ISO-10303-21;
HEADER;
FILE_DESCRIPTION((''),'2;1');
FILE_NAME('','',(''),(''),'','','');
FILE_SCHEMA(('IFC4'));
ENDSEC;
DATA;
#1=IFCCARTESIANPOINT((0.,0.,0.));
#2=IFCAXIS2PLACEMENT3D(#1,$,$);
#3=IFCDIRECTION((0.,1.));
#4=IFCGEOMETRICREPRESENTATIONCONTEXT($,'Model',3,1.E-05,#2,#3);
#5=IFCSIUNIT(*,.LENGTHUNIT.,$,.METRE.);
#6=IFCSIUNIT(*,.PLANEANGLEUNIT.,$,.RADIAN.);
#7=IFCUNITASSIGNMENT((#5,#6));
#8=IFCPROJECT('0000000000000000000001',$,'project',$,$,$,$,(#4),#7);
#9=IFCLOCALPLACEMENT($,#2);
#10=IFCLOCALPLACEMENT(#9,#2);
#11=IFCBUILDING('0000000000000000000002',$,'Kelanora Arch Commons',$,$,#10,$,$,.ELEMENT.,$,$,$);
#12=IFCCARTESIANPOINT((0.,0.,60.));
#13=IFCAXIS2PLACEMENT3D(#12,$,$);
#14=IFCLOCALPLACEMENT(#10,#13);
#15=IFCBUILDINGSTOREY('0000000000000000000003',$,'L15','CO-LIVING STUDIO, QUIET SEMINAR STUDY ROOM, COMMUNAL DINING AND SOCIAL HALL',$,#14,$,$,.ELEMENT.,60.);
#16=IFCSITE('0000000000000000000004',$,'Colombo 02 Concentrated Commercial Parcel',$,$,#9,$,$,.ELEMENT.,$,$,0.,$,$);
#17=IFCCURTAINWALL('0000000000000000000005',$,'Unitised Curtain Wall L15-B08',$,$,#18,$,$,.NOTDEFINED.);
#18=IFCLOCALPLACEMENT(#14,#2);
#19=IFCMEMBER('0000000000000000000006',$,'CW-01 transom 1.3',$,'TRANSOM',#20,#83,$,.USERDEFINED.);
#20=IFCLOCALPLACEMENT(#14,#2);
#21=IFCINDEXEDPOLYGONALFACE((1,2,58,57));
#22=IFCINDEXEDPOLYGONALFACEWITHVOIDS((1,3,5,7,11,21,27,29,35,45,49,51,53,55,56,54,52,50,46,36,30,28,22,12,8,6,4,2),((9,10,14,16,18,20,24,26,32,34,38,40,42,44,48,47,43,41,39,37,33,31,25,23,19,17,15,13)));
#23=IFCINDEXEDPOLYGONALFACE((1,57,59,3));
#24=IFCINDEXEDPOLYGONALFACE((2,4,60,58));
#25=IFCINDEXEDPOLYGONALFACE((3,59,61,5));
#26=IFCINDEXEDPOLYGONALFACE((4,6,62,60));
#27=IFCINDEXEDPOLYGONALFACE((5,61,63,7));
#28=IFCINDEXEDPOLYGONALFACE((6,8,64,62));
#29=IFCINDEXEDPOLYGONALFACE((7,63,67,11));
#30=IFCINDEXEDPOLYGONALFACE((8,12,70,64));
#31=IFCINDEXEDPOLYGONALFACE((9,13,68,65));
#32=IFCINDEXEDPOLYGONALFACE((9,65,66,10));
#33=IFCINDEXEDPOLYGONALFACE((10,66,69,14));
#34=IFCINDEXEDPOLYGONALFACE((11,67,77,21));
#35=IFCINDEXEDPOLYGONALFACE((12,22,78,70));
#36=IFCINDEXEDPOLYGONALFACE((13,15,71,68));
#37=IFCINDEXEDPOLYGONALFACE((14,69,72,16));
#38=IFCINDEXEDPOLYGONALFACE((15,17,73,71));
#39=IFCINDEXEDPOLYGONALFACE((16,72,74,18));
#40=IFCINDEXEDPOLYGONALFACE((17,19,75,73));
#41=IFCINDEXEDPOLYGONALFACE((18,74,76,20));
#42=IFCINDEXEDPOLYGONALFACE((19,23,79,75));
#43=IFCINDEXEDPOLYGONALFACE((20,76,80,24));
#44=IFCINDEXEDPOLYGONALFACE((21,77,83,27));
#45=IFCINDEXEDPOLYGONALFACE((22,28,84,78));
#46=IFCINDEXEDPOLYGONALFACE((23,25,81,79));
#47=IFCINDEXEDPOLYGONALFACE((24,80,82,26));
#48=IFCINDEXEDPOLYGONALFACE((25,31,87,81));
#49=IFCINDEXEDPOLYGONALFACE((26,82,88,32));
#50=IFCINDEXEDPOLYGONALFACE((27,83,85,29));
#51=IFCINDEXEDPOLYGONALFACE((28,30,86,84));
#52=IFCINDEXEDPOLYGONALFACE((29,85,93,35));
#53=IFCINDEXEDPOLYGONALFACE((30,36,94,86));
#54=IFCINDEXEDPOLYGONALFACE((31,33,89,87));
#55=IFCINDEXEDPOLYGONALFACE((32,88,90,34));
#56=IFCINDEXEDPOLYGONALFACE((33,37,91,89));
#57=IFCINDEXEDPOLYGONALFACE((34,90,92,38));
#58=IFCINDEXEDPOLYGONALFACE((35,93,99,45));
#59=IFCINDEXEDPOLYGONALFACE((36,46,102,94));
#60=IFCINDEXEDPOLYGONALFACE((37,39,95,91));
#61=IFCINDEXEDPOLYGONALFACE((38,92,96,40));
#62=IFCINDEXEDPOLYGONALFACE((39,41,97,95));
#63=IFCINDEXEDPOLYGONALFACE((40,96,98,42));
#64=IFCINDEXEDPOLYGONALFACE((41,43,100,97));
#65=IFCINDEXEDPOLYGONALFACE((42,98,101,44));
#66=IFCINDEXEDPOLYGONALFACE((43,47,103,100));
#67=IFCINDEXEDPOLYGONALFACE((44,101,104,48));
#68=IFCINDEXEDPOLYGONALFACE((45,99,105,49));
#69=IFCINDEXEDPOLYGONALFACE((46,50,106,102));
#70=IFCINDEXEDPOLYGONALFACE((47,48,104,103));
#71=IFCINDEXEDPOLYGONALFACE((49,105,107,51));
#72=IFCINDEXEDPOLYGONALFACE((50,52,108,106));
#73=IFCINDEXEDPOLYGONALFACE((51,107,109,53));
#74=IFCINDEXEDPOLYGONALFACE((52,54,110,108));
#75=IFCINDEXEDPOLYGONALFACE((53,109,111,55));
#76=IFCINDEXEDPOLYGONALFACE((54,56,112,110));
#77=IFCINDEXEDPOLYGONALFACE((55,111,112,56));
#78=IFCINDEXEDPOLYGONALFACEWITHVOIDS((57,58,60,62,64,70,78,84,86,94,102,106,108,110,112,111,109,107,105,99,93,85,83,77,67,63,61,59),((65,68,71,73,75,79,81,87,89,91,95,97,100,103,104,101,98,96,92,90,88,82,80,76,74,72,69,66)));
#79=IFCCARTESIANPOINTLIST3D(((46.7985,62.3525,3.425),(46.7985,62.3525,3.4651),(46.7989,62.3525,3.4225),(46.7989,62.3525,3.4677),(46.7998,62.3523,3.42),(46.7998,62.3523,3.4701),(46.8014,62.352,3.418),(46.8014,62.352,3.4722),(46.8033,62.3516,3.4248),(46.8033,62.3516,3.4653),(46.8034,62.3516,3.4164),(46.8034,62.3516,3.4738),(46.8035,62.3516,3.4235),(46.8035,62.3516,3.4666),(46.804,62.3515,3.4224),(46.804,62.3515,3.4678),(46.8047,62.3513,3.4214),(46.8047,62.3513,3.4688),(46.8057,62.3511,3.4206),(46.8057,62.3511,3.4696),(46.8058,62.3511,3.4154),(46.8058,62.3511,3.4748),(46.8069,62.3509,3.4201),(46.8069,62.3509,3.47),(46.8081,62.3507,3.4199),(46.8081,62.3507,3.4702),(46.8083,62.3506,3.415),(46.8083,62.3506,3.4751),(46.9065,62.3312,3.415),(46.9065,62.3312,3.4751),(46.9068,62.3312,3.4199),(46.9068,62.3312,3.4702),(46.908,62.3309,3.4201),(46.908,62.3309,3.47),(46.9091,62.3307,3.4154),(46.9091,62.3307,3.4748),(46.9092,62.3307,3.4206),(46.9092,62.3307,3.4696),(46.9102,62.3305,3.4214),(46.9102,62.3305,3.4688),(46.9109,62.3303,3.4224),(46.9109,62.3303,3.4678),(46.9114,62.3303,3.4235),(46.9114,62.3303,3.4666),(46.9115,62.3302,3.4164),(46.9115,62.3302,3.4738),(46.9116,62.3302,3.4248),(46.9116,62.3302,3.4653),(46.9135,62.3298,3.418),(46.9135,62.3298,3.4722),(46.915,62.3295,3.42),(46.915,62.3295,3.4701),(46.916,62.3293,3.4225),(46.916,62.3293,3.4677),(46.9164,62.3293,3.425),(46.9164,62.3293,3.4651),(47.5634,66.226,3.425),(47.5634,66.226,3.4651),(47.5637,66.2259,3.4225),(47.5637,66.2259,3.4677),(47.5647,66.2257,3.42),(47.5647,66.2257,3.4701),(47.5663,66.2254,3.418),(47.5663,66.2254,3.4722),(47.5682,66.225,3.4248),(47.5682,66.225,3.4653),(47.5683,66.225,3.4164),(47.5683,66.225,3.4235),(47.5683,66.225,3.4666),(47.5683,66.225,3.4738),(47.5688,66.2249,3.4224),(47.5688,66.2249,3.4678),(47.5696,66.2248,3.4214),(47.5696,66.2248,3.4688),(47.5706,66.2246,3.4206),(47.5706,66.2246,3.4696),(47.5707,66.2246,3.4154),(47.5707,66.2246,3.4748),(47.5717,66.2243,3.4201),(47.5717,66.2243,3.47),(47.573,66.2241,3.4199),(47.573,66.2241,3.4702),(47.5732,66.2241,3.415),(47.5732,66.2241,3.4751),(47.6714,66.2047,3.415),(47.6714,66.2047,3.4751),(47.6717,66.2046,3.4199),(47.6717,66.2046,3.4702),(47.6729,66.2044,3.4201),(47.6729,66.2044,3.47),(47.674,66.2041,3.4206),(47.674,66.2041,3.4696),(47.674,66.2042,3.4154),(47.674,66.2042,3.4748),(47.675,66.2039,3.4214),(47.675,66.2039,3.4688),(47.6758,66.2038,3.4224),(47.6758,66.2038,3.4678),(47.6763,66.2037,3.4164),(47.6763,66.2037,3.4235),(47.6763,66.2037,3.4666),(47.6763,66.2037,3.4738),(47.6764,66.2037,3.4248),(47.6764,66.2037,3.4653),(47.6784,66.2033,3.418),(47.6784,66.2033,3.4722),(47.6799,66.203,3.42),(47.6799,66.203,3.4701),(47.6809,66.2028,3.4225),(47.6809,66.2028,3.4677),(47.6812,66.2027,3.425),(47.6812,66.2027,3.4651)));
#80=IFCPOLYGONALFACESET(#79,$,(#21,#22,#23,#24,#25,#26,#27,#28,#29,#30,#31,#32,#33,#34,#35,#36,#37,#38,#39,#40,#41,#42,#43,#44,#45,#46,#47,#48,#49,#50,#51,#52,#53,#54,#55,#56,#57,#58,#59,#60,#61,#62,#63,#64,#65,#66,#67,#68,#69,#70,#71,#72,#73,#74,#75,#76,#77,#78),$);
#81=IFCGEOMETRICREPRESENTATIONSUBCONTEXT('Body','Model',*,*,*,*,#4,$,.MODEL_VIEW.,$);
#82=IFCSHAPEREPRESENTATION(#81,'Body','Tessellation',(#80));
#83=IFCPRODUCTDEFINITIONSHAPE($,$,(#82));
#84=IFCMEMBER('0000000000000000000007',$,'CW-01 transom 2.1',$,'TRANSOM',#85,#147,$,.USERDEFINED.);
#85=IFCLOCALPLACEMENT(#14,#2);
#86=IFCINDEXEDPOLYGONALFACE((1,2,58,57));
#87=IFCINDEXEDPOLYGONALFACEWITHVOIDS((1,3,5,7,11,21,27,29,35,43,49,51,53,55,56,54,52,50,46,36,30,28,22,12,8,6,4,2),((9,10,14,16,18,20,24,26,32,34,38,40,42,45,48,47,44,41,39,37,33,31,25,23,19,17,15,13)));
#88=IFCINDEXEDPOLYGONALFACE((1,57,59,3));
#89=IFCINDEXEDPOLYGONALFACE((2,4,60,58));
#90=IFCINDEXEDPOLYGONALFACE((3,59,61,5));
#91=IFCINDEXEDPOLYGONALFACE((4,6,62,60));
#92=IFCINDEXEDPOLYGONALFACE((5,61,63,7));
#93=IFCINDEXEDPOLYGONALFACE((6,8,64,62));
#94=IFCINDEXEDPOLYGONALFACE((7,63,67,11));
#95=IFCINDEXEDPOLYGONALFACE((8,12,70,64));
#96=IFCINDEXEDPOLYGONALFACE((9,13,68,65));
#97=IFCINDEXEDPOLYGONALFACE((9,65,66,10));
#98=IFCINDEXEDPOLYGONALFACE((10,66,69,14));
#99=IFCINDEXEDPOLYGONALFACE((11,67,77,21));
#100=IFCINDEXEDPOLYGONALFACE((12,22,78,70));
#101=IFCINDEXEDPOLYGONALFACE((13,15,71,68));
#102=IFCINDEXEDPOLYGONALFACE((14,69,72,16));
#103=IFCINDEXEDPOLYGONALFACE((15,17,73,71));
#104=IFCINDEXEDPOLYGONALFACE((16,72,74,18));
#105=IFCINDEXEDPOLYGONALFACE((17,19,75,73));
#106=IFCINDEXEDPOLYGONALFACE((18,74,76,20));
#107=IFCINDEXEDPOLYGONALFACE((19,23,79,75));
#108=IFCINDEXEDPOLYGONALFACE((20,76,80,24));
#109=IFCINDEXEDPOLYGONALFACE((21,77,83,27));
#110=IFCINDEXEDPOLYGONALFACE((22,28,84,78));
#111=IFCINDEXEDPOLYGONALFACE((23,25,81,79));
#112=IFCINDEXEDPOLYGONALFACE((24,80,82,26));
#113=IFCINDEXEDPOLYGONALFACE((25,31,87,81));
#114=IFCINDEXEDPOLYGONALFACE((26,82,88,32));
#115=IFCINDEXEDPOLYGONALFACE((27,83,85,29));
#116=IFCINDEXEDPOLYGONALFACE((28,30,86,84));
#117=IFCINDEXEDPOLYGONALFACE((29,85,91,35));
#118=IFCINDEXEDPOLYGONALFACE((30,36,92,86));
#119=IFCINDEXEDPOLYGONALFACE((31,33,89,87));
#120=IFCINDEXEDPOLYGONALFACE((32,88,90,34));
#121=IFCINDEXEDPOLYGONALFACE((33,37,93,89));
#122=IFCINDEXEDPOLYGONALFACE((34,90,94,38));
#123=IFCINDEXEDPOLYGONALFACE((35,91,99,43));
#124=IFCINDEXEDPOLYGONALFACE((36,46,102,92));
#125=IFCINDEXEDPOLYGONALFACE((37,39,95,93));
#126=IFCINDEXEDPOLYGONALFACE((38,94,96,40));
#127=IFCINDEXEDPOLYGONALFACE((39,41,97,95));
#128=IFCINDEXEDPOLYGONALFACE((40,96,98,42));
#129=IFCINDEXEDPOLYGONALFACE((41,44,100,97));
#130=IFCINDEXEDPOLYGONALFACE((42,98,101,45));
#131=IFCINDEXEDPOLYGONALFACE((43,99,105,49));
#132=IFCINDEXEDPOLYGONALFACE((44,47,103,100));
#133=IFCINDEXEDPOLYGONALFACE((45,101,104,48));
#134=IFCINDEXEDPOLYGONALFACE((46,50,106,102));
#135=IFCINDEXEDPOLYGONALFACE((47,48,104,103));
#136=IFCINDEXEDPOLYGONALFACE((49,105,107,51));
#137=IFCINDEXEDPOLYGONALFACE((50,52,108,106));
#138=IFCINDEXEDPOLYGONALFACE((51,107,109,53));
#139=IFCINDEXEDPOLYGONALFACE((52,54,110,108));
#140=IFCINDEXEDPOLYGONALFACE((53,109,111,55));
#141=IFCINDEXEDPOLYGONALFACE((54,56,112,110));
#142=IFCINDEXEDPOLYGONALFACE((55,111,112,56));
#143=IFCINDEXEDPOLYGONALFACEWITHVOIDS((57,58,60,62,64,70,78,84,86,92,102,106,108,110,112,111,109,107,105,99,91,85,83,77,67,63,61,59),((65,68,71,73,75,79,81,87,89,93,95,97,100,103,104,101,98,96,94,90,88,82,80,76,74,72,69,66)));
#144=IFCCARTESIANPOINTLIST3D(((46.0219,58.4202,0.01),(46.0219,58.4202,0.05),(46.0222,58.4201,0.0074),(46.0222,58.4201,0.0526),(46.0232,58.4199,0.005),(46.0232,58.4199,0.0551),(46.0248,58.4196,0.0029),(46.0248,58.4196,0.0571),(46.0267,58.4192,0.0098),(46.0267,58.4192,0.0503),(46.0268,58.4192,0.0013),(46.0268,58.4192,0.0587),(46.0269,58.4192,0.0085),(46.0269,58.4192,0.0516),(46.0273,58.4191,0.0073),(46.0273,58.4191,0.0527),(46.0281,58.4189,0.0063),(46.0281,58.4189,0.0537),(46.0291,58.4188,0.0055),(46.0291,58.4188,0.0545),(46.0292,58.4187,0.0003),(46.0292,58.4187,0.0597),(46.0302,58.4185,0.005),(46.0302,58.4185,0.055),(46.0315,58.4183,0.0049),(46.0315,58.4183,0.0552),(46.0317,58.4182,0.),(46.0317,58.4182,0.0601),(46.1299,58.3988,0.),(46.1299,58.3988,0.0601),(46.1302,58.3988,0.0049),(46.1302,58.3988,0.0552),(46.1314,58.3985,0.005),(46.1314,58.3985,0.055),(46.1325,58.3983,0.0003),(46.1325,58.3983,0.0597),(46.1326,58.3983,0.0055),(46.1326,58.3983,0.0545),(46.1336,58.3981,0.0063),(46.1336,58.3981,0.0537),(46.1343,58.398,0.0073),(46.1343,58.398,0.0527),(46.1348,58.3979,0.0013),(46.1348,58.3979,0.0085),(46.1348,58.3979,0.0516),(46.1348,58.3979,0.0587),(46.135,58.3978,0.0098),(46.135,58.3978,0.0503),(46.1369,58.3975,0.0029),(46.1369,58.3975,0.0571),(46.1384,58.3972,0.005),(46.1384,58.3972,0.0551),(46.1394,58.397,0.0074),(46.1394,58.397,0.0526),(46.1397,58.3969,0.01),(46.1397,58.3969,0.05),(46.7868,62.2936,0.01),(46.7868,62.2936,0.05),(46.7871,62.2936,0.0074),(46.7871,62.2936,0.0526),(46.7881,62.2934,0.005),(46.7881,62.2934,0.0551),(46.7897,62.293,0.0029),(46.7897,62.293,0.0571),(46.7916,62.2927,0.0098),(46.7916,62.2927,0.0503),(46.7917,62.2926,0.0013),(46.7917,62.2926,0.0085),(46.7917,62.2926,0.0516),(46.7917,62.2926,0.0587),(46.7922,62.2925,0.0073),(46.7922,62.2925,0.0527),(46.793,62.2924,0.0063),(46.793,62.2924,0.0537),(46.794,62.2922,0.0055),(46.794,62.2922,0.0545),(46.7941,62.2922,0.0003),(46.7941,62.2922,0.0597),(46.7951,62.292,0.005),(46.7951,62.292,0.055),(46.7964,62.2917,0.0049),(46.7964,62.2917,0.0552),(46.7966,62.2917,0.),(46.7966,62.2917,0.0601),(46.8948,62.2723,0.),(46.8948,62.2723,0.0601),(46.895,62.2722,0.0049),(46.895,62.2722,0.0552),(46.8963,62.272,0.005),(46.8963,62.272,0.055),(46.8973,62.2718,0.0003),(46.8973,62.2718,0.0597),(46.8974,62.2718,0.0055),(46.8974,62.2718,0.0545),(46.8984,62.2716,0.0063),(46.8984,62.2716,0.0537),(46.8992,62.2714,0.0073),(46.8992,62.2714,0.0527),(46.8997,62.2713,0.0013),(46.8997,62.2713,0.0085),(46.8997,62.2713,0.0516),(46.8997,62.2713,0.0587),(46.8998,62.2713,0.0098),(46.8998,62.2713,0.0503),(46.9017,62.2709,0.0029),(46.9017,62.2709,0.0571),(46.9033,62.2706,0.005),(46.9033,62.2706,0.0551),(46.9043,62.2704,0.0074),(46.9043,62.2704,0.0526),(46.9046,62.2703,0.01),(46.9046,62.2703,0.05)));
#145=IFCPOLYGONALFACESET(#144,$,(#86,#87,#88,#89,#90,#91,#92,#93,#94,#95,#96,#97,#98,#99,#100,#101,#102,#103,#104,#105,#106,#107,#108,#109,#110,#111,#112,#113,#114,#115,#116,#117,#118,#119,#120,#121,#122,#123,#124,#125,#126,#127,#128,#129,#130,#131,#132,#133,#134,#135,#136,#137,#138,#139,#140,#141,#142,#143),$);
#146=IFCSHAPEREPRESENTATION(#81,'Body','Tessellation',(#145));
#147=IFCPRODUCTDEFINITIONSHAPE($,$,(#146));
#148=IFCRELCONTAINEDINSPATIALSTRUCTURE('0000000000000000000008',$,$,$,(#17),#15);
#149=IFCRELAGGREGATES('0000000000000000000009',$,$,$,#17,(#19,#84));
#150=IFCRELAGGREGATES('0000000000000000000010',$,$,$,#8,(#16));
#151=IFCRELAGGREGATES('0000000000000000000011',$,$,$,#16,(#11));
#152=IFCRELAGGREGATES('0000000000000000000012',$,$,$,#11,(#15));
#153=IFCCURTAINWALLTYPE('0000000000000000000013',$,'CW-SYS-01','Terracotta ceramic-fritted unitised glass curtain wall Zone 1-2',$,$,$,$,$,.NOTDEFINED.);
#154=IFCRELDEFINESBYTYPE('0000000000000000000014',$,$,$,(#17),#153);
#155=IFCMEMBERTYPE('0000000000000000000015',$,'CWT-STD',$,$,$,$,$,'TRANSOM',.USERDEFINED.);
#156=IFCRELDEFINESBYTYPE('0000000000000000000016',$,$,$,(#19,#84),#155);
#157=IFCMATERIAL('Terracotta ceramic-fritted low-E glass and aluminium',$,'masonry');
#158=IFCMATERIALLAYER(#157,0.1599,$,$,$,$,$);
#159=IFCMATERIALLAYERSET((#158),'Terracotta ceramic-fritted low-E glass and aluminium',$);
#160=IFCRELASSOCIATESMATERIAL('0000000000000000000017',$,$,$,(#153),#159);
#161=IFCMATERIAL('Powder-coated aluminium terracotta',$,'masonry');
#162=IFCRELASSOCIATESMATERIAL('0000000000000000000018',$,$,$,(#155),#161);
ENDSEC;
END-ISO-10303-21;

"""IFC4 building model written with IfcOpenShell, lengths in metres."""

from ifc_helpers import new_model, si_unit, direction, frame, origin, origin_2d, place, context, subcontext, project, spatial, hollow_rectangle, extrude, material, layer, layer_set, material_profile, profile_set, type_object, element, aggregate, save


model = new_model("IFC4")

# Units and contexts
model_context = context("Model", 3, precision=1e-05, world=origin(), true_north=direction((0.0, 1.0)))
body_context = subcontext(model_context, "Body", "Model", "MODEL_VIEW")
ifc_project = project(units=[si_unit("LENGTHUNIT", "METRE"), si_unit("PLANEANGLEUNIT", "RADIAN")], contexts=[model_context])

# Site, building, storey
site_placement = place(None, origin())
site = spatial("IfcSite", under=ifc_project, at=site_placement, Name="Colombo 02 Concentrated Commercial Parcel", CompositionType="ELEMENT", RefElevation=0.0)
building_placement = place(site_placement, origin())
building = spatial("IfcBuilding", under=site, at=building_placement, Name="Kelanora Arch Commons", CompositionType="ELEMENT")
storey_placement = place(building_placement, frame((0.0, 0.0, 60.0)))
storey = spatial("IfcBuildingStorey", under=building, at=storey_placement, Name="L15", Description="CO-LIVING STUDIO, QUIET SEMINAR STUDY ROOM, COMMUNAL DINING AND SOCIAL HALL", CompositionType="ELEMENT", Elevation=60.0)

# Curtain wall, members
ifc_material_1 = material(Name="Terracotta ceramic-fritted low-E glass and aluminium", Category="masonry")
ifc_layer_1 = layer(ifc_material_1, 0.1599)
ifc_layer_set_1 = layer_set([ifc_layer_1], Name="Terracotta ceramic-fritted low-E glass and aluminium")
curtain_wall_type = type_object("IfcCurtainWallType", Name="CW-SYS-01", Description="Terracotta ceramic-fritted unitised glass curtain wall Zone 1-2", PredefinedType="NOTDEFINED", material=ifc_layer_set_1)
curtain_wall_placement = place(storey_placement, origin())
curtain_wall = element("IfcCurtainWall", 1, at=curtain_wall_placement, inside=storey, type_object=curtain_wall_type, Name="Unitised Curtain Wall L15-B08", PredefinedType="NOTDEFINED")
ifc_material_2 = material(Name="Powder-coated aluminium terracotta", Category="masonry")
ifc_material_profile_1 = material_profile(ifc_material_2, hollow_rectangle(XDim=0.1201, YDim=0.0601, WallThickness=0.0049, InnerFilletRadius=0.0049, OuterFilletRadius=0.01, at=origin_2d()), Name="CWT120x60")
ifc_profile_set_1 = profile_set([ifc_material_profile_1], Name="Powder-coated aluminium terracotta")
member_type_1 = type_object("IfcMemberType", Name="CWT-STD", ElementType="TRANSOM", PredefinedType="USERDEFINED", material=ifc_profile_set_1)
member_1_placement = place(storey_placement, frame((47.6223, 66.2144, 3.4451), z_axis=(-0.193725, -0.981056, 0.0), x_axis=(0.981056, -0.193725, 0.0)))
member_1 = element("IfcMember", 2, at=member_1_placement, type_object=member_type_1, Name="CW-01 transom 1.3", ObjectType="TRANSOM", PredefinedType="USERDEFINED", context=body_context, shape_type="SweptSolid", body=[
    extrude(hollow_rectangle(XDim=0.1201, YDim=0.0601, WallThickness=0.0049, InnerFilletRadius=0.0049, OuterFilletRadius=0.01, at=origin_2d()), origin(), (0.0, 0.0, 1.0), 3.9482),
])
member_2_placement = place(storey_placement, frame((46.8457, 62.282, 0.03), z_axis=(-0.193725, -0.981056, 0.0), x_axis=(0.981056, -0.193725, 0.0)))
member_2 = element("IfcMember", 3, at=member_2_placement, type_object=member_type_1, Name="CW-01 transom 2.1", ObjectType="TRANSOM", PredefinedType="USERDEFINED", context=body_context, shape_type="SweptSolid", body=[
    extrude(hollow_rectangle(XDim=0.1201, YDim=0.0601, WallThickness=0.0049, InnerFilletRadius=0.0049, OuterFilletRadius=0.01, at=origin_2d()), origin(), (0.0, 0.0, 1.0), 3.9482),
])
aggregate(curtain_wall, [member_1, member_2])

save(model, "model.ifc")
